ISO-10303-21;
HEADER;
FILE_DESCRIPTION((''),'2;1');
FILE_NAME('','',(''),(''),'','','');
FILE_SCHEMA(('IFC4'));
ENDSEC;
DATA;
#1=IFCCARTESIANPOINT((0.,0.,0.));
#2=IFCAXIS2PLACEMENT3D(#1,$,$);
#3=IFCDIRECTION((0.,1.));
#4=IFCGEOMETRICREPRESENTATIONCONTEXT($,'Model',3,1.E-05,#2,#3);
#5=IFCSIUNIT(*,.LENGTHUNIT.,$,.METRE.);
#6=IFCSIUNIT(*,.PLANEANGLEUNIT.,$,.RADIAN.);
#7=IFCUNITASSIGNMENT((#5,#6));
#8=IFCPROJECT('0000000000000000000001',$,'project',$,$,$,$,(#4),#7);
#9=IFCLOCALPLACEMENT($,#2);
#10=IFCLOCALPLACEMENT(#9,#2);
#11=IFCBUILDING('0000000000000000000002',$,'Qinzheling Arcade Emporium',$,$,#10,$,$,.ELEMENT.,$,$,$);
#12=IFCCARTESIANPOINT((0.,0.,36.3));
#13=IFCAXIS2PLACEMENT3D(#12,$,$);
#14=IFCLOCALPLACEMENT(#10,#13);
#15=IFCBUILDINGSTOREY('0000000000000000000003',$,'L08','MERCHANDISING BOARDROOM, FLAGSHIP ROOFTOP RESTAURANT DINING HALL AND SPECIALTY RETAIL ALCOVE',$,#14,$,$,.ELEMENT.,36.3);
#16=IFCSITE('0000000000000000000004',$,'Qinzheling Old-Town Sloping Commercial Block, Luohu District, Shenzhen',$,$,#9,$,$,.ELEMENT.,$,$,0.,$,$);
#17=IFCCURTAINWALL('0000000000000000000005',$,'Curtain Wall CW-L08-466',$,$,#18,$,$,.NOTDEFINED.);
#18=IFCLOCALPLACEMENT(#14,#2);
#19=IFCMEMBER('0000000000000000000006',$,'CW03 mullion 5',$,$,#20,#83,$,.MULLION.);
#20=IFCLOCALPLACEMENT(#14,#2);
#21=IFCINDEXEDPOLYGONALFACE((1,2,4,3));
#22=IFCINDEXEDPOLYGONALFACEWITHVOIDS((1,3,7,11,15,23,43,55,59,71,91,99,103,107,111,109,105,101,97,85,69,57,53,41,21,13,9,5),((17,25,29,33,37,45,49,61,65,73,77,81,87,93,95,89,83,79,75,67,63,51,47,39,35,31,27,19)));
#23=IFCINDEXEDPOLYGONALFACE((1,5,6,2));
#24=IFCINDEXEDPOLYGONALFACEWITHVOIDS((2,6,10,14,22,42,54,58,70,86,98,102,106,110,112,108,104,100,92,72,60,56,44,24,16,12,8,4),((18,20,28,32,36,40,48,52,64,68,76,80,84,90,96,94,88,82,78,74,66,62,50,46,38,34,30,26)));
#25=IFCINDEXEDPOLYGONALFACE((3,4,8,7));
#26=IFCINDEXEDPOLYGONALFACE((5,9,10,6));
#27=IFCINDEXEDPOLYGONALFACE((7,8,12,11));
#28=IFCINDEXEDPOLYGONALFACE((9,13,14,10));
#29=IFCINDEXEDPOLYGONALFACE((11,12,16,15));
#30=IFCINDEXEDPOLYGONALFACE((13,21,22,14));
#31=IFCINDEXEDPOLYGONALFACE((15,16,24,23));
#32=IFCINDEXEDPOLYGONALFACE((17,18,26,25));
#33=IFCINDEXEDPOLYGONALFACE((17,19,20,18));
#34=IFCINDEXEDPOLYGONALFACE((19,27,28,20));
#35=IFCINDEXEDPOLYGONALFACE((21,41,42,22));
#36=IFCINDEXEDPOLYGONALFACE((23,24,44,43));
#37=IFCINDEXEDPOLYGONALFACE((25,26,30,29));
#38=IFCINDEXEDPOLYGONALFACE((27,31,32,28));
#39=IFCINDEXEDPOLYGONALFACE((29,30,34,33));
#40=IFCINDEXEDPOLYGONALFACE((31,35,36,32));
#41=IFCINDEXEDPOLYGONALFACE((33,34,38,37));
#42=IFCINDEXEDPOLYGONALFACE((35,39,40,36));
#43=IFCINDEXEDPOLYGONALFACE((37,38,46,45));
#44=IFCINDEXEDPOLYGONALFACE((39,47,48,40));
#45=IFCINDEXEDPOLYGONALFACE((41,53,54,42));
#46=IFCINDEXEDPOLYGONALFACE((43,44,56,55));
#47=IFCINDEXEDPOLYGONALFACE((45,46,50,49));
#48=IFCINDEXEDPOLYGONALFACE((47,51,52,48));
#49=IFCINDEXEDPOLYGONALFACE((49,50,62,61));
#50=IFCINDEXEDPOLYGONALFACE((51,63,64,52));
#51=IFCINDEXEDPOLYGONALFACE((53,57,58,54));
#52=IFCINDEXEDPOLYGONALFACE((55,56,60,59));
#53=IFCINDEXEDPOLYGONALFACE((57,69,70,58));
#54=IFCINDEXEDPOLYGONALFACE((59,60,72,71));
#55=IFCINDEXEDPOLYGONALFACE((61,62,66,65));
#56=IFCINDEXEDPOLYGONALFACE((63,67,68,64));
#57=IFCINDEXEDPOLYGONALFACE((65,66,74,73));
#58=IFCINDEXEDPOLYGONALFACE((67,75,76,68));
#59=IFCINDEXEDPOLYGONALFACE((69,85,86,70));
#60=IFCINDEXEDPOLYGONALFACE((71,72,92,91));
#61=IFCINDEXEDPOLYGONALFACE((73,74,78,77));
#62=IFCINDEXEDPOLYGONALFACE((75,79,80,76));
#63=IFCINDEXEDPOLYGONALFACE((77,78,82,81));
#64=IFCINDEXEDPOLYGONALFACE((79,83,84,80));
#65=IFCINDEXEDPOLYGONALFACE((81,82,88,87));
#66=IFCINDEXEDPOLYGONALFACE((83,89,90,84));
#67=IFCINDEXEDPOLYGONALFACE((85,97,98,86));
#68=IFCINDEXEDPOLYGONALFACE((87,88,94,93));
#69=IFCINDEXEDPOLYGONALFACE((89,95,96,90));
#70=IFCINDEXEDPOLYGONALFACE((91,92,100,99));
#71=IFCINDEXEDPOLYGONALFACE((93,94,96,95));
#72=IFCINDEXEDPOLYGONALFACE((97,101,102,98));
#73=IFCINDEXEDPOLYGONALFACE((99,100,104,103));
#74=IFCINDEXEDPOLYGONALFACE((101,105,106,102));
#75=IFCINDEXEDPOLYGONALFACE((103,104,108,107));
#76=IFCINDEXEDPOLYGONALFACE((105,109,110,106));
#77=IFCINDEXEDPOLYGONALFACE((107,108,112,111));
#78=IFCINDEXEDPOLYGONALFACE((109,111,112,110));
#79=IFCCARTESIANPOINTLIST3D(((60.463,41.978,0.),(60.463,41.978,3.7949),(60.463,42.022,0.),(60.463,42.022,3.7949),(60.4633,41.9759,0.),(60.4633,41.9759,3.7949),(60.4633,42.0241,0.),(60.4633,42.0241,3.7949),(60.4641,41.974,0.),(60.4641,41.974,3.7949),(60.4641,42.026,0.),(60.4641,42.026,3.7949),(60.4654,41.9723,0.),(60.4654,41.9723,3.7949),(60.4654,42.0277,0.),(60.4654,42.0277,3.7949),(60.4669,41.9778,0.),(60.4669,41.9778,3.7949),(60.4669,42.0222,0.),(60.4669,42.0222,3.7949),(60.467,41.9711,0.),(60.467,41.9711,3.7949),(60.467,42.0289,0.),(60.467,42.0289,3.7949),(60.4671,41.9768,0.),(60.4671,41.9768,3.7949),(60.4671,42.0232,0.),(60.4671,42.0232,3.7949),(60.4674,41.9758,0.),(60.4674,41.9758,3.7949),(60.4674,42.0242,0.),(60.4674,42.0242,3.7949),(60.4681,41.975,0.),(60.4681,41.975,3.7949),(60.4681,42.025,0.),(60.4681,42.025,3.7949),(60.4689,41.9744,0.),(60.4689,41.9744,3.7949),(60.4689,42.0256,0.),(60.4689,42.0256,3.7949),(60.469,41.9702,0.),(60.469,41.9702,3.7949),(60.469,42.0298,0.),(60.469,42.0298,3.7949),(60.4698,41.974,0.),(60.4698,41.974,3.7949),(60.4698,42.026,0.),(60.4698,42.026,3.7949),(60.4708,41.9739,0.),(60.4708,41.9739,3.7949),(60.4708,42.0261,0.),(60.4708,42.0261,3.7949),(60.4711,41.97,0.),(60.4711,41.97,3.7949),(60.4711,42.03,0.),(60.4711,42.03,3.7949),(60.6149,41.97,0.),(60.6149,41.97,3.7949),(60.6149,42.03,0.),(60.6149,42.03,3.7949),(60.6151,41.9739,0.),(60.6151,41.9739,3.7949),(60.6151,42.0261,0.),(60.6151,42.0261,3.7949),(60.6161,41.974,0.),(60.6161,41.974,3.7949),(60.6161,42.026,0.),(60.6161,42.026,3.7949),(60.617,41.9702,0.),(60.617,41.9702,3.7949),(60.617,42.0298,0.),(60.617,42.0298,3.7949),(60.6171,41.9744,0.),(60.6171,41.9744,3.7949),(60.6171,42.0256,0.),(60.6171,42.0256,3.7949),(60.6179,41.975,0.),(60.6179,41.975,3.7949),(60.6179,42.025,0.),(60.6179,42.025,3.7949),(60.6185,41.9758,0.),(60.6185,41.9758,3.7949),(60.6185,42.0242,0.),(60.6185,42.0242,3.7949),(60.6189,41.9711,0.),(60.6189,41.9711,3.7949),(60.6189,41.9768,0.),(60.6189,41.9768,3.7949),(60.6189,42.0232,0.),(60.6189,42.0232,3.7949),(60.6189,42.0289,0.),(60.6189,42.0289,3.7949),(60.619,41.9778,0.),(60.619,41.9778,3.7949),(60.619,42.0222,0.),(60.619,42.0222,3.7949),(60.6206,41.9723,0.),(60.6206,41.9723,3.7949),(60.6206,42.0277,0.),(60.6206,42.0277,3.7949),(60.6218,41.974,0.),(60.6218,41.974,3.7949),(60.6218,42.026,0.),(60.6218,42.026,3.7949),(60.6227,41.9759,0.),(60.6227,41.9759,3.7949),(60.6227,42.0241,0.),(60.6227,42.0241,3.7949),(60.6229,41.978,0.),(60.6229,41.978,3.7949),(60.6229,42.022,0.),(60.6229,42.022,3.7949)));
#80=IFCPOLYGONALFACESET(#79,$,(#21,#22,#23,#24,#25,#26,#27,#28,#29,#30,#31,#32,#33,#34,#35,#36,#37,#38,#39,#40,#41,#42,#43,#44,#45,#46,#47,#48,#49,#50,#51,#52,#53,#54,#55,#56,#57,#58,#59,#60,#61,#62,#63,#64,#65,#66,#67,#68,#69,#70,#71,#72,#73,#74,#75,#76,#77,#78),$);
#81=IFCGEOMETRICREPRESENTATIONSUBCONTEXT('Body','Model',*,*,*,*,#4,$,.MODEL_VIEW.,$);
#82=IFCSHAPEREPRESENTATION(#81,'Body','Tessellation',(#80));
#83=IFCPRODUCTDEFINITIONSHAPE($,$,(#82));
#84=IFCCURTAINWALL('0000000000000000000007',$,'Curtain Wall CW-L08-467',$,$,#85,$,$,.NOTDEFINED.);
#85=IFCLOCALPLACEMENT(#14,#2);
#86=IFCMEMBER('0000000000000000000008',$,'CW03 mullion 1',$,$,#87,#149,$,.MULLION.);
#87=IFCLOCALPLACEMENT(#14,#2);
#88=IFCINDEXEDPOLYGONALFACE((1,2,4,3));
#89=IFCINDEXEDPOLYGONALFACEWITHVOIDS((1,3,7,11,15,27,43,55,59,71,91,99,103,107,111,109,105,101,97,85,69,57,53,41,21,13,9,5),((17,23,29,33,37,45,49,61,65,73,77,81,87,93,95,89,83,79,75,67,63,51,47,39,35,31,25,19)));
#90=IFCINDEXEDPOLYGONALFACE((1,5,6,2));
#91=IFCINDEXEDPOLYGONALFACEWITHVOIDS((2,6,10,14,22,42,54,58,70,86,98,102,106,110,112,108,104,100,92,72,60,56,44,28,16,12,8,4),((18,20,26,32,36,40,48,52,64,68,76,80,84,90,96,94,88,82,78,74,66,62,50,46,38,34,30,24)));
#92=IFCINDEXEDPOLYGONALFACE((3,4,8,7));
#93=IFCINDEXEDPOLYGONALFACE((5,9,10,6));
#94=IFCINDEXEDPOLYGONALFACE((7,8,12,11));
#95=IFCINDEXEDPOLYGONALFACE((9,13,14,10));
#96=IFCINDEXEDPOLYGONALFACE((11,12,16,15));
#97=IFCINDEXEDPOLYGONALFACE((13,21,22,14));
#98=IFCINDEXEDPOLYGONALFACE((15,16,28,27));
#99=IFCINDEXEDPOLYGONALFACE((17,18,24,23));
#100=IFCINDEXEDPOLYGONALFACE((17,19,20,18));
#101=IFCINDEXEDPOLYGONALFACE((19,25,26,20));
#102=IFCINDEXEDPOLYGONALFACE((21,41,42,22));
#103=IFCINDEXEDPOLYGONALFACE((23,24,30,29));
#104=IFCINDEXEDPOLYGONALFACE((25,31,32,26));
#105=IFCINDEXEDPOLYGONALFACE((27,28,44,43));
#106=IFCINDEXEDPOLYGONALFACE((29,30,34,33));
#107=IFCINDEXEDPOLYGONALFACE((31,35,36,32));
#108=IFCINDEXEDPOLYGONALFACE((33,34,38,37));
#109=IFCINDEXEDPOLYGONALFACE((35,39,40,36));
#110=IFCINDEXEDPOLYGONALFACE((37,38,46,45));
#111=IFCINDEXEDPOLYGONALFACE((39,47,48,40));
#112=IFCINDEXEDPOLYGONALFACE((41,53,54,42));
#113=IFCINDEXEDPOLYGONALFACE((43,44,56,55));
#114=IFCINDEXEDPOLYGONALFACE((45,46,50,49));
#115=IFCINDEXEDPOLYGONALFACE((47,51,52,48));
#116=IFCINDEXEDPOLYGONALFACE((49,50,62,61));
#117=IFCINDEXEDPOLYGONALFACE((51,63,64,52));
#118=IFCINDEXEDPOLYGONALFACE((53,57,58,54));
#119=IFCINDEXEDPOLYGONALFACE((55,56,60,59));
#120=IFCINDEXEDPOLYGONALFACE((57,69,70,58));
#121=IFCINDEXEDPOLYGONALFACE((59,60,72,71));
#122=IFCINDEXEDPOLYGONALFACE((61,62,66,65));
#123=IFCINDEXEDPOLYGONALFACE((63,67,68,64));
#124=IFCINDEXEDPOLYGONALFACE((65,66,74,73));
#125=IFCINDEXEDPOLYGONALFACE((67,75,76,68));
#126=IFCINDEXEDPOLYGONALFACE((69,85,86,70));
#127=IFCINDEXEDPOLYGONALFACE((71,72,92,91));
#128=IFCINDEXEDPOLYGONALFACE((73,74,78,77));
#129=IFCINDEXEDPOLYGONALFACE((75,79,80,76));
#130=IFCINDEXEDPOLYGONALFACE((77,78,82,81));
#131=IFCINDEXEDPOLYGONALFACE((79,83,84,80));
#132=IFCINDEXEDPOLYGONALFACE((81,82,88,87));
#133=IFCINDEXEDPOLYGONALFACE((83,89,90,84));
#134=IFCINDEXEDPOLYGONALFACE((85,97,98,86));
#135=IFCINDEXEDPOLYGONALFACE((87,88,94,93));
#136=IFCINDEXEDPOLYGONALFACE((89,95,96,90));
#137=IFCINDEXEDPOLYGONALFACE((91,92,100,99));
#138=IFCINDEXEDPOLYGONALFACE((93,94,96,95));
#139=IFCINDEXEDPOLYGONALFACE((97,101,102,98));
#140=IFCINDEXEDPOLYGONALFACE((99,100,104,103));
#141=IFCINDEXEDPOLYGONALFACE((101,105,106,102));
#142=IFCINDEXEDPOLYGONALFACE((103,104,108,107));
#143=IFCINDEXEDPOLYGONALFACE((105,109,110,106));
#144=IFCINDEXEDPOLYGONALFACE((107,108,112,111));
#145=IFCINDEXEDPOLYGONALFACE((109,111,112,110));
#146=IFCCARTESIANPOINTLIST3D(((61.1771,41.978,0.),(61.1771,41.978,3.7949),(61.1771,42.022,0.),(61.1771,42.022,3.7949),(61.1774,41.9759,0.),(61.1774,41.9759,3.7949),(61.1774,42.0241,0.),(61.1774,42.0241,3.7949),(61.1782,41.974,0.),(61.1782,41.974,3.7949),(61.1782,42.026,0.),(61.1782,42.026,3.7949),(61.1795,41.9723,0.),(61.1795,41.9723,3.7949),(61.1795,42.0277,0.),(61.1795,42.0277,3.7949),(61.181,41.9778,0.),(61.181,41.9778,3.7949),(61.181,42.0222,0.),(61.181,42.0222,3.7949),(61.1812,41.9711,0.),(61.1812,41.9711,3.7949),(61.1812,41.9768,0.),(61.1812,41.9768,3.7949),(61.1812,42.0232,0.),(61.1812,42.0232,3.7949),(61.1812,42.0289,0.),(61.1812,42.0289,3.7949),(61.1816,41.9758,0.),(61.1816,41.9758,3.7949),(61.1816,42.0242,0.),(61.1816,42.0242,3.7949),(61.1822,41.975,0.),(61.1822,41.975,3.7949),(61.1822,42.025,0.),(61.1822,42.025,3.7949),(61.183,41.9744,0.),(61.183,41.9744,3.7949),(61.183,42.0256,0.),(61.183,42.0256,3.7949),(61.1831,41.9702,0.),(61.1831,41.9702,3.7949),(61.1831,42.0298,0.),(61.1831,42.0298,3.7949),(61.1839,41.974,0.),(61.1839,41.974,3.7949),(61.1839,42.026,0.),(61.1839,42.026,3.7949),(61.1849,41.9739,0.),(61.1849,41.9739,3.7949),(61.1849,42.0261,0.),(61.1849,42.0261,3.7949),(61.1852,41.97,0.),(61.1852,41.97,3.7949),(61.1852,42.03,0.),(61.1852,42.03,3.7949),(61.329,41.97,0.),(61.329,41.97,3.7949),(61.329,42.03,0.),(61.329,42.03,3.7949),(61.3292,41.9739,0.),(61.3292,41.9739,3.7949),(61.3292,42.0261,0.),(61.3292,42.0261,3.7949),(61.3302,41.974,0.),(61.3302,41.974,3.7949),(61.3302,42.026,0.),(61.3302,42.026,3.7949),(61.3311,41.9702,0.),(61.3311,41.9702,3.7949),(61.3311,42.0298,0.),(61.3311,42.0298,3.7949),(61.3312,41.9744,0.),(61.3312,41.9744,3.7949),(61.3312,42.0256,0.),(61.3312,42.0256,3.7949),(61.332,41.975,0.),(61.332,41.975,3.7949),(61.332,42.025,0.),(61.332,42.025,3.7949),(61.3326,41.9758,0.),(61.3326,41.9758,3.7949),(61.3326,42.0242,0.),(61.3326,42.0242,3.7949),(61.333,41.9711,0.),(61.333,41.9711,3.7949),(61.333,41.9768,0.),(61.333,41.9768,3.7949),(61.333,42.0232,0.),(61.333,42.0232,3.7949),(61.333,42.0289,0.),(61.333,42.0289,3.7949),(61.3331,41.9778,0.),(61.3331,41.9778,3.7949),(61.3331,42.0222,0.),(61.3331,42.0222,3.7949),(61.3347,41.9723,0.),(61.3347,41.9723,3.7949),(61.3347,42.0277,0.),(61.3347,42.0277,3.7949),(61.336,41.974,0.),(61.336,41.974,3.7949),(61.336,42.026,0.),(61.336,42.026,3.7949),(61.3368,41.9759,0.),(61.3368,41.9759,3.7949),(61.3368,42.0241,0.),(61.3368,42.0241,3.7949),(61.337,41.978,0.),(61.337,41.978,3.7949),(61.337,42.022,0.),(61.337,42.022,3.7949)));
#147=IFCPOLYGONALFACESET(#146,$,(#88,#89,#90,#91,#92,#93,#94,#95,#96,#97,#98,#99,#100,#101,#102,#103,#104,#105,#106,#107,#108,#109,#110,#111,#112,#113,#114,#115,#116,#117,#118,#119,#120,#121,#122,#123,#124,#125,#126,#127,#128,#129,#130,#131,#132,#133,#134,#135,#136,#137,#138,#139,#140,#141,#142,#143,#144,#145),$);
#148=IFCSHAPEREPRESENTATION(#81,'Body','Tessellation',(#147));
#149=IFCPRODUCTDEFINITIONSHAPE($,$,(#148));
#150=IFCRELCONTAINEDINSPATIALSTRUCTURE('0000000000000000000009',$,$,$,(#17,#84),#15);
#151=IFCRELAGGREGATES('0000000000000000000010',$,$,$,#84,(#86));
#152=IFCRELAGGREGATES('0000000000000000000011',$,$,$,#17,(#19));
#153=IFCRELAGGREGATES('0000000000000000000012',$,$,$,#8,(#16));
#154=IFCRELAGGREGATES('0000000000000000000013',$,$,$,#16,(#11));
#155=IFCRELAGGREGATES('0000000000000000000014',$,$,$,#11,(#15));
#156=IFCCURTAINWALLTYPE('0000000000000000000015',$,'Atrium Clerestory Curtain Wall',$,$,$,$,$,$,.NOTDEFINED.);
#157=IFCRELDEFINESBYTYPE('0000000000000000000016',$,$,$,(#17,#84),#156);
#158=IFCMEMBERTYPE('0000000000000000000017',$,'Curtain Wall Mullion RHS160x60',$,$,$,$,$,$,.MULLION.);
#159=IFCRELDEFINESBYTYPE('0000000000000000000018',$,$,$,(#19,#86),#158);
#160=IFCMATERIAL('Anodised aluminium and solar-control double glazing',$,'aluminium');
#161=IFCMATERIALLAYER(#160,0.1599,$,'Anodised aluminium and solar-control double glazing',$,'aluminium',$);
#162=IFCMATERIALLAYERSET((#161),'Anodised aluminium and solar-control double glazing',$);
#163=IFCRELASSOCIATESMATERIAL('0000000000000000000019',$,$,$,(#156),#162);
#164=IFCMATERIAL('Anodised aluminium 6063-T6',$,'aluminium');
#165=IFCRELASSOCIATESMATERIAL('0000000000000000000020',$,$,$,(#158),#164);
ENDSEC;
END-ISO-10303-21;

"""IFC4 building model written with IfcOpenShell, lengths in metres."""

from ifc_helpers import new_model, si_unit, direction, frame, origin, origin_2d, place, context, subcontext, project, spatial, hollow_rectangle, extrude, material, layer, layer_set, material_profile, profile_set, type_object, element, aggregate, save


model = new_model("IFC4")

# Units and contexts
model_context = context("Model", 3, precision=1e-05, world=origin(), true_north=direction((0.0, 1.0)))
body_context = subcontext(model_context, "Body", "Model", "MODEL_VIEW")
ifc_project = project(units=[si_unit("LENGTHUNIT", "METRE"), si_unit("PLANEANGLEUNIT", "RADIAN")], contexts=[model_context])

# Site, building, storey
site_placement = place(None, origin())
site = spatial("IfcSite", under=ifc_project, at=site_placement, Name="Qinzheling Old-Town Sloping Commercial Block, Luohu District, Shenzhen", CompositionType="ELEMENT", RefElevation=0.0)
building_placement = place(site_placement, origin())
building = spatial("IfcBuilding", under=site, at=building_placement, Name="Qinzheling Arcade Emporium", CompositionType="ELEMENT")
storey_placement = place(building_placement, frame((0.0, 0.0, 36.3)))
storey = spatial("IfcBuildingStorey", under=building, at=storey_placement, Name="L08", Description="MERCHANDISING BOARDROOM, FLAGSHIP ROOFTOP RESTAURANT DINING HALL AND SPECIALTY RETAIL ALCOVE", CompositionType="ELEMENT", Elevation=36.3)

# Curtain wall, member
ifc_material_1 = material(Name="Anodised aluminium and solar-control double glazing", Category="aluminium")
ifc_layer_1 = layer(ifc_material_1, 0.1599, Name="Anodised aluminium and solar-control double glazing", Category="aluminium")
ifc_layer_set_1 = layer_set([ifc_layer_1], Name="Anodised aluminium and solar-control double glazing")
curtain_wall_type = type_object("IfcCurtainWallType", Name="Atrium Clerestory Curtain Wall", PredefinedType="NOTDEFINED", material=ifc_layer_set_1)
curtain_wall_1_placement = place(storey_placement, origin())
curtain_wall_1 = element("IfcCurtainWall", 1, at=curtain_wall_1_placement, inside=storey, type_object=curtain_wall_type, Name="Curtain Wall CW-L08-466", PredefinedType="NOTDEFINED")
ifc_material_2 = material(Name="Anodised aluminium 6063-T6", Category="aluminium")
ifc_material_profile_1 = material_profile(ifc_material_2, hollow_rectangle(XDim=0.0601, YDim=0.1599, WallThickness=0.0039, InnerFilletRadius=0.0039, OuterFilletRadius=0.0081, at=origin_2d()), Name="RHS 160x60x4", Category="aluminium")
ifc_profile_set_1 = profile_set([ifc_material_profile_1], Name="Anodised aluminium 6063-T6")
member_type_1 = type_object("IfcMemberType", Name="Curtain Wall Mullion RHS160x60", PredefinedType="MULLION", material=ifc_profile_set_1)
member_1_placement = place(storey_placement, frame((60.543, 42.0, 0.0), z_axis=(0.0, 0.0, 1.0), x_axis=(0.0, 1.0, 0.0)))
member_1 = element("IfcMember", 2, at=member_1_placement, type_object=member_type_1, Name="CW03 mullion 5", PredefinedType="MULLION", context=body_context, shape_type="SweptSolid", body=[
    extrude(hollow_rectangle(XDim=0.0601, YDim=0.1599, WallThickness=0.0039, InnerFilletRadius=0.0039, OuterFilletRadius=0.0081, at=origin_2d()), origin(), (0.0, 0.0, 1.0), 3.7949),
])

# Curtain wall, member
curtain_wall_2_placement = place(storey_placement, origin())
curtain_wall_2 = element("IfcCurtainWall", 3, at=curtain_wall_2_placement, inside=storey, type_object=curtain_wall_type, Name="Curtain Wall CW-L08-467", PredefinedType="NOTDEFINED")
member_2_placement = place(storey_placement, frame((61.2571, 42.0, 0.0), z_axis=(0.0, 0.0, 1.0), x_axis=(0.0, 1.0, 0.0)))
member_2 = element("IfcMember", 4, at=member_2_placement, type_object=member_type_1, Name="CW03 mullion 1", PredefinedType="MULLION", context=body_context, shape_type="SweptSolid", body=[
    extrude(hollow_rectangle(XDim=0.0601, YDim=0.1599, WallThickness=0.0039, InnerFilletRadius=0.0039, OuterFilletRadius=0.0081, at=origin_2d()), origin(), (0.0, 0.0, 1.0), 3.7949),
])

aggregate(curtain_wall_2, [member_2])

aggregate(curtain_wall_1, [member_1])

save(model, "model.ifc")
